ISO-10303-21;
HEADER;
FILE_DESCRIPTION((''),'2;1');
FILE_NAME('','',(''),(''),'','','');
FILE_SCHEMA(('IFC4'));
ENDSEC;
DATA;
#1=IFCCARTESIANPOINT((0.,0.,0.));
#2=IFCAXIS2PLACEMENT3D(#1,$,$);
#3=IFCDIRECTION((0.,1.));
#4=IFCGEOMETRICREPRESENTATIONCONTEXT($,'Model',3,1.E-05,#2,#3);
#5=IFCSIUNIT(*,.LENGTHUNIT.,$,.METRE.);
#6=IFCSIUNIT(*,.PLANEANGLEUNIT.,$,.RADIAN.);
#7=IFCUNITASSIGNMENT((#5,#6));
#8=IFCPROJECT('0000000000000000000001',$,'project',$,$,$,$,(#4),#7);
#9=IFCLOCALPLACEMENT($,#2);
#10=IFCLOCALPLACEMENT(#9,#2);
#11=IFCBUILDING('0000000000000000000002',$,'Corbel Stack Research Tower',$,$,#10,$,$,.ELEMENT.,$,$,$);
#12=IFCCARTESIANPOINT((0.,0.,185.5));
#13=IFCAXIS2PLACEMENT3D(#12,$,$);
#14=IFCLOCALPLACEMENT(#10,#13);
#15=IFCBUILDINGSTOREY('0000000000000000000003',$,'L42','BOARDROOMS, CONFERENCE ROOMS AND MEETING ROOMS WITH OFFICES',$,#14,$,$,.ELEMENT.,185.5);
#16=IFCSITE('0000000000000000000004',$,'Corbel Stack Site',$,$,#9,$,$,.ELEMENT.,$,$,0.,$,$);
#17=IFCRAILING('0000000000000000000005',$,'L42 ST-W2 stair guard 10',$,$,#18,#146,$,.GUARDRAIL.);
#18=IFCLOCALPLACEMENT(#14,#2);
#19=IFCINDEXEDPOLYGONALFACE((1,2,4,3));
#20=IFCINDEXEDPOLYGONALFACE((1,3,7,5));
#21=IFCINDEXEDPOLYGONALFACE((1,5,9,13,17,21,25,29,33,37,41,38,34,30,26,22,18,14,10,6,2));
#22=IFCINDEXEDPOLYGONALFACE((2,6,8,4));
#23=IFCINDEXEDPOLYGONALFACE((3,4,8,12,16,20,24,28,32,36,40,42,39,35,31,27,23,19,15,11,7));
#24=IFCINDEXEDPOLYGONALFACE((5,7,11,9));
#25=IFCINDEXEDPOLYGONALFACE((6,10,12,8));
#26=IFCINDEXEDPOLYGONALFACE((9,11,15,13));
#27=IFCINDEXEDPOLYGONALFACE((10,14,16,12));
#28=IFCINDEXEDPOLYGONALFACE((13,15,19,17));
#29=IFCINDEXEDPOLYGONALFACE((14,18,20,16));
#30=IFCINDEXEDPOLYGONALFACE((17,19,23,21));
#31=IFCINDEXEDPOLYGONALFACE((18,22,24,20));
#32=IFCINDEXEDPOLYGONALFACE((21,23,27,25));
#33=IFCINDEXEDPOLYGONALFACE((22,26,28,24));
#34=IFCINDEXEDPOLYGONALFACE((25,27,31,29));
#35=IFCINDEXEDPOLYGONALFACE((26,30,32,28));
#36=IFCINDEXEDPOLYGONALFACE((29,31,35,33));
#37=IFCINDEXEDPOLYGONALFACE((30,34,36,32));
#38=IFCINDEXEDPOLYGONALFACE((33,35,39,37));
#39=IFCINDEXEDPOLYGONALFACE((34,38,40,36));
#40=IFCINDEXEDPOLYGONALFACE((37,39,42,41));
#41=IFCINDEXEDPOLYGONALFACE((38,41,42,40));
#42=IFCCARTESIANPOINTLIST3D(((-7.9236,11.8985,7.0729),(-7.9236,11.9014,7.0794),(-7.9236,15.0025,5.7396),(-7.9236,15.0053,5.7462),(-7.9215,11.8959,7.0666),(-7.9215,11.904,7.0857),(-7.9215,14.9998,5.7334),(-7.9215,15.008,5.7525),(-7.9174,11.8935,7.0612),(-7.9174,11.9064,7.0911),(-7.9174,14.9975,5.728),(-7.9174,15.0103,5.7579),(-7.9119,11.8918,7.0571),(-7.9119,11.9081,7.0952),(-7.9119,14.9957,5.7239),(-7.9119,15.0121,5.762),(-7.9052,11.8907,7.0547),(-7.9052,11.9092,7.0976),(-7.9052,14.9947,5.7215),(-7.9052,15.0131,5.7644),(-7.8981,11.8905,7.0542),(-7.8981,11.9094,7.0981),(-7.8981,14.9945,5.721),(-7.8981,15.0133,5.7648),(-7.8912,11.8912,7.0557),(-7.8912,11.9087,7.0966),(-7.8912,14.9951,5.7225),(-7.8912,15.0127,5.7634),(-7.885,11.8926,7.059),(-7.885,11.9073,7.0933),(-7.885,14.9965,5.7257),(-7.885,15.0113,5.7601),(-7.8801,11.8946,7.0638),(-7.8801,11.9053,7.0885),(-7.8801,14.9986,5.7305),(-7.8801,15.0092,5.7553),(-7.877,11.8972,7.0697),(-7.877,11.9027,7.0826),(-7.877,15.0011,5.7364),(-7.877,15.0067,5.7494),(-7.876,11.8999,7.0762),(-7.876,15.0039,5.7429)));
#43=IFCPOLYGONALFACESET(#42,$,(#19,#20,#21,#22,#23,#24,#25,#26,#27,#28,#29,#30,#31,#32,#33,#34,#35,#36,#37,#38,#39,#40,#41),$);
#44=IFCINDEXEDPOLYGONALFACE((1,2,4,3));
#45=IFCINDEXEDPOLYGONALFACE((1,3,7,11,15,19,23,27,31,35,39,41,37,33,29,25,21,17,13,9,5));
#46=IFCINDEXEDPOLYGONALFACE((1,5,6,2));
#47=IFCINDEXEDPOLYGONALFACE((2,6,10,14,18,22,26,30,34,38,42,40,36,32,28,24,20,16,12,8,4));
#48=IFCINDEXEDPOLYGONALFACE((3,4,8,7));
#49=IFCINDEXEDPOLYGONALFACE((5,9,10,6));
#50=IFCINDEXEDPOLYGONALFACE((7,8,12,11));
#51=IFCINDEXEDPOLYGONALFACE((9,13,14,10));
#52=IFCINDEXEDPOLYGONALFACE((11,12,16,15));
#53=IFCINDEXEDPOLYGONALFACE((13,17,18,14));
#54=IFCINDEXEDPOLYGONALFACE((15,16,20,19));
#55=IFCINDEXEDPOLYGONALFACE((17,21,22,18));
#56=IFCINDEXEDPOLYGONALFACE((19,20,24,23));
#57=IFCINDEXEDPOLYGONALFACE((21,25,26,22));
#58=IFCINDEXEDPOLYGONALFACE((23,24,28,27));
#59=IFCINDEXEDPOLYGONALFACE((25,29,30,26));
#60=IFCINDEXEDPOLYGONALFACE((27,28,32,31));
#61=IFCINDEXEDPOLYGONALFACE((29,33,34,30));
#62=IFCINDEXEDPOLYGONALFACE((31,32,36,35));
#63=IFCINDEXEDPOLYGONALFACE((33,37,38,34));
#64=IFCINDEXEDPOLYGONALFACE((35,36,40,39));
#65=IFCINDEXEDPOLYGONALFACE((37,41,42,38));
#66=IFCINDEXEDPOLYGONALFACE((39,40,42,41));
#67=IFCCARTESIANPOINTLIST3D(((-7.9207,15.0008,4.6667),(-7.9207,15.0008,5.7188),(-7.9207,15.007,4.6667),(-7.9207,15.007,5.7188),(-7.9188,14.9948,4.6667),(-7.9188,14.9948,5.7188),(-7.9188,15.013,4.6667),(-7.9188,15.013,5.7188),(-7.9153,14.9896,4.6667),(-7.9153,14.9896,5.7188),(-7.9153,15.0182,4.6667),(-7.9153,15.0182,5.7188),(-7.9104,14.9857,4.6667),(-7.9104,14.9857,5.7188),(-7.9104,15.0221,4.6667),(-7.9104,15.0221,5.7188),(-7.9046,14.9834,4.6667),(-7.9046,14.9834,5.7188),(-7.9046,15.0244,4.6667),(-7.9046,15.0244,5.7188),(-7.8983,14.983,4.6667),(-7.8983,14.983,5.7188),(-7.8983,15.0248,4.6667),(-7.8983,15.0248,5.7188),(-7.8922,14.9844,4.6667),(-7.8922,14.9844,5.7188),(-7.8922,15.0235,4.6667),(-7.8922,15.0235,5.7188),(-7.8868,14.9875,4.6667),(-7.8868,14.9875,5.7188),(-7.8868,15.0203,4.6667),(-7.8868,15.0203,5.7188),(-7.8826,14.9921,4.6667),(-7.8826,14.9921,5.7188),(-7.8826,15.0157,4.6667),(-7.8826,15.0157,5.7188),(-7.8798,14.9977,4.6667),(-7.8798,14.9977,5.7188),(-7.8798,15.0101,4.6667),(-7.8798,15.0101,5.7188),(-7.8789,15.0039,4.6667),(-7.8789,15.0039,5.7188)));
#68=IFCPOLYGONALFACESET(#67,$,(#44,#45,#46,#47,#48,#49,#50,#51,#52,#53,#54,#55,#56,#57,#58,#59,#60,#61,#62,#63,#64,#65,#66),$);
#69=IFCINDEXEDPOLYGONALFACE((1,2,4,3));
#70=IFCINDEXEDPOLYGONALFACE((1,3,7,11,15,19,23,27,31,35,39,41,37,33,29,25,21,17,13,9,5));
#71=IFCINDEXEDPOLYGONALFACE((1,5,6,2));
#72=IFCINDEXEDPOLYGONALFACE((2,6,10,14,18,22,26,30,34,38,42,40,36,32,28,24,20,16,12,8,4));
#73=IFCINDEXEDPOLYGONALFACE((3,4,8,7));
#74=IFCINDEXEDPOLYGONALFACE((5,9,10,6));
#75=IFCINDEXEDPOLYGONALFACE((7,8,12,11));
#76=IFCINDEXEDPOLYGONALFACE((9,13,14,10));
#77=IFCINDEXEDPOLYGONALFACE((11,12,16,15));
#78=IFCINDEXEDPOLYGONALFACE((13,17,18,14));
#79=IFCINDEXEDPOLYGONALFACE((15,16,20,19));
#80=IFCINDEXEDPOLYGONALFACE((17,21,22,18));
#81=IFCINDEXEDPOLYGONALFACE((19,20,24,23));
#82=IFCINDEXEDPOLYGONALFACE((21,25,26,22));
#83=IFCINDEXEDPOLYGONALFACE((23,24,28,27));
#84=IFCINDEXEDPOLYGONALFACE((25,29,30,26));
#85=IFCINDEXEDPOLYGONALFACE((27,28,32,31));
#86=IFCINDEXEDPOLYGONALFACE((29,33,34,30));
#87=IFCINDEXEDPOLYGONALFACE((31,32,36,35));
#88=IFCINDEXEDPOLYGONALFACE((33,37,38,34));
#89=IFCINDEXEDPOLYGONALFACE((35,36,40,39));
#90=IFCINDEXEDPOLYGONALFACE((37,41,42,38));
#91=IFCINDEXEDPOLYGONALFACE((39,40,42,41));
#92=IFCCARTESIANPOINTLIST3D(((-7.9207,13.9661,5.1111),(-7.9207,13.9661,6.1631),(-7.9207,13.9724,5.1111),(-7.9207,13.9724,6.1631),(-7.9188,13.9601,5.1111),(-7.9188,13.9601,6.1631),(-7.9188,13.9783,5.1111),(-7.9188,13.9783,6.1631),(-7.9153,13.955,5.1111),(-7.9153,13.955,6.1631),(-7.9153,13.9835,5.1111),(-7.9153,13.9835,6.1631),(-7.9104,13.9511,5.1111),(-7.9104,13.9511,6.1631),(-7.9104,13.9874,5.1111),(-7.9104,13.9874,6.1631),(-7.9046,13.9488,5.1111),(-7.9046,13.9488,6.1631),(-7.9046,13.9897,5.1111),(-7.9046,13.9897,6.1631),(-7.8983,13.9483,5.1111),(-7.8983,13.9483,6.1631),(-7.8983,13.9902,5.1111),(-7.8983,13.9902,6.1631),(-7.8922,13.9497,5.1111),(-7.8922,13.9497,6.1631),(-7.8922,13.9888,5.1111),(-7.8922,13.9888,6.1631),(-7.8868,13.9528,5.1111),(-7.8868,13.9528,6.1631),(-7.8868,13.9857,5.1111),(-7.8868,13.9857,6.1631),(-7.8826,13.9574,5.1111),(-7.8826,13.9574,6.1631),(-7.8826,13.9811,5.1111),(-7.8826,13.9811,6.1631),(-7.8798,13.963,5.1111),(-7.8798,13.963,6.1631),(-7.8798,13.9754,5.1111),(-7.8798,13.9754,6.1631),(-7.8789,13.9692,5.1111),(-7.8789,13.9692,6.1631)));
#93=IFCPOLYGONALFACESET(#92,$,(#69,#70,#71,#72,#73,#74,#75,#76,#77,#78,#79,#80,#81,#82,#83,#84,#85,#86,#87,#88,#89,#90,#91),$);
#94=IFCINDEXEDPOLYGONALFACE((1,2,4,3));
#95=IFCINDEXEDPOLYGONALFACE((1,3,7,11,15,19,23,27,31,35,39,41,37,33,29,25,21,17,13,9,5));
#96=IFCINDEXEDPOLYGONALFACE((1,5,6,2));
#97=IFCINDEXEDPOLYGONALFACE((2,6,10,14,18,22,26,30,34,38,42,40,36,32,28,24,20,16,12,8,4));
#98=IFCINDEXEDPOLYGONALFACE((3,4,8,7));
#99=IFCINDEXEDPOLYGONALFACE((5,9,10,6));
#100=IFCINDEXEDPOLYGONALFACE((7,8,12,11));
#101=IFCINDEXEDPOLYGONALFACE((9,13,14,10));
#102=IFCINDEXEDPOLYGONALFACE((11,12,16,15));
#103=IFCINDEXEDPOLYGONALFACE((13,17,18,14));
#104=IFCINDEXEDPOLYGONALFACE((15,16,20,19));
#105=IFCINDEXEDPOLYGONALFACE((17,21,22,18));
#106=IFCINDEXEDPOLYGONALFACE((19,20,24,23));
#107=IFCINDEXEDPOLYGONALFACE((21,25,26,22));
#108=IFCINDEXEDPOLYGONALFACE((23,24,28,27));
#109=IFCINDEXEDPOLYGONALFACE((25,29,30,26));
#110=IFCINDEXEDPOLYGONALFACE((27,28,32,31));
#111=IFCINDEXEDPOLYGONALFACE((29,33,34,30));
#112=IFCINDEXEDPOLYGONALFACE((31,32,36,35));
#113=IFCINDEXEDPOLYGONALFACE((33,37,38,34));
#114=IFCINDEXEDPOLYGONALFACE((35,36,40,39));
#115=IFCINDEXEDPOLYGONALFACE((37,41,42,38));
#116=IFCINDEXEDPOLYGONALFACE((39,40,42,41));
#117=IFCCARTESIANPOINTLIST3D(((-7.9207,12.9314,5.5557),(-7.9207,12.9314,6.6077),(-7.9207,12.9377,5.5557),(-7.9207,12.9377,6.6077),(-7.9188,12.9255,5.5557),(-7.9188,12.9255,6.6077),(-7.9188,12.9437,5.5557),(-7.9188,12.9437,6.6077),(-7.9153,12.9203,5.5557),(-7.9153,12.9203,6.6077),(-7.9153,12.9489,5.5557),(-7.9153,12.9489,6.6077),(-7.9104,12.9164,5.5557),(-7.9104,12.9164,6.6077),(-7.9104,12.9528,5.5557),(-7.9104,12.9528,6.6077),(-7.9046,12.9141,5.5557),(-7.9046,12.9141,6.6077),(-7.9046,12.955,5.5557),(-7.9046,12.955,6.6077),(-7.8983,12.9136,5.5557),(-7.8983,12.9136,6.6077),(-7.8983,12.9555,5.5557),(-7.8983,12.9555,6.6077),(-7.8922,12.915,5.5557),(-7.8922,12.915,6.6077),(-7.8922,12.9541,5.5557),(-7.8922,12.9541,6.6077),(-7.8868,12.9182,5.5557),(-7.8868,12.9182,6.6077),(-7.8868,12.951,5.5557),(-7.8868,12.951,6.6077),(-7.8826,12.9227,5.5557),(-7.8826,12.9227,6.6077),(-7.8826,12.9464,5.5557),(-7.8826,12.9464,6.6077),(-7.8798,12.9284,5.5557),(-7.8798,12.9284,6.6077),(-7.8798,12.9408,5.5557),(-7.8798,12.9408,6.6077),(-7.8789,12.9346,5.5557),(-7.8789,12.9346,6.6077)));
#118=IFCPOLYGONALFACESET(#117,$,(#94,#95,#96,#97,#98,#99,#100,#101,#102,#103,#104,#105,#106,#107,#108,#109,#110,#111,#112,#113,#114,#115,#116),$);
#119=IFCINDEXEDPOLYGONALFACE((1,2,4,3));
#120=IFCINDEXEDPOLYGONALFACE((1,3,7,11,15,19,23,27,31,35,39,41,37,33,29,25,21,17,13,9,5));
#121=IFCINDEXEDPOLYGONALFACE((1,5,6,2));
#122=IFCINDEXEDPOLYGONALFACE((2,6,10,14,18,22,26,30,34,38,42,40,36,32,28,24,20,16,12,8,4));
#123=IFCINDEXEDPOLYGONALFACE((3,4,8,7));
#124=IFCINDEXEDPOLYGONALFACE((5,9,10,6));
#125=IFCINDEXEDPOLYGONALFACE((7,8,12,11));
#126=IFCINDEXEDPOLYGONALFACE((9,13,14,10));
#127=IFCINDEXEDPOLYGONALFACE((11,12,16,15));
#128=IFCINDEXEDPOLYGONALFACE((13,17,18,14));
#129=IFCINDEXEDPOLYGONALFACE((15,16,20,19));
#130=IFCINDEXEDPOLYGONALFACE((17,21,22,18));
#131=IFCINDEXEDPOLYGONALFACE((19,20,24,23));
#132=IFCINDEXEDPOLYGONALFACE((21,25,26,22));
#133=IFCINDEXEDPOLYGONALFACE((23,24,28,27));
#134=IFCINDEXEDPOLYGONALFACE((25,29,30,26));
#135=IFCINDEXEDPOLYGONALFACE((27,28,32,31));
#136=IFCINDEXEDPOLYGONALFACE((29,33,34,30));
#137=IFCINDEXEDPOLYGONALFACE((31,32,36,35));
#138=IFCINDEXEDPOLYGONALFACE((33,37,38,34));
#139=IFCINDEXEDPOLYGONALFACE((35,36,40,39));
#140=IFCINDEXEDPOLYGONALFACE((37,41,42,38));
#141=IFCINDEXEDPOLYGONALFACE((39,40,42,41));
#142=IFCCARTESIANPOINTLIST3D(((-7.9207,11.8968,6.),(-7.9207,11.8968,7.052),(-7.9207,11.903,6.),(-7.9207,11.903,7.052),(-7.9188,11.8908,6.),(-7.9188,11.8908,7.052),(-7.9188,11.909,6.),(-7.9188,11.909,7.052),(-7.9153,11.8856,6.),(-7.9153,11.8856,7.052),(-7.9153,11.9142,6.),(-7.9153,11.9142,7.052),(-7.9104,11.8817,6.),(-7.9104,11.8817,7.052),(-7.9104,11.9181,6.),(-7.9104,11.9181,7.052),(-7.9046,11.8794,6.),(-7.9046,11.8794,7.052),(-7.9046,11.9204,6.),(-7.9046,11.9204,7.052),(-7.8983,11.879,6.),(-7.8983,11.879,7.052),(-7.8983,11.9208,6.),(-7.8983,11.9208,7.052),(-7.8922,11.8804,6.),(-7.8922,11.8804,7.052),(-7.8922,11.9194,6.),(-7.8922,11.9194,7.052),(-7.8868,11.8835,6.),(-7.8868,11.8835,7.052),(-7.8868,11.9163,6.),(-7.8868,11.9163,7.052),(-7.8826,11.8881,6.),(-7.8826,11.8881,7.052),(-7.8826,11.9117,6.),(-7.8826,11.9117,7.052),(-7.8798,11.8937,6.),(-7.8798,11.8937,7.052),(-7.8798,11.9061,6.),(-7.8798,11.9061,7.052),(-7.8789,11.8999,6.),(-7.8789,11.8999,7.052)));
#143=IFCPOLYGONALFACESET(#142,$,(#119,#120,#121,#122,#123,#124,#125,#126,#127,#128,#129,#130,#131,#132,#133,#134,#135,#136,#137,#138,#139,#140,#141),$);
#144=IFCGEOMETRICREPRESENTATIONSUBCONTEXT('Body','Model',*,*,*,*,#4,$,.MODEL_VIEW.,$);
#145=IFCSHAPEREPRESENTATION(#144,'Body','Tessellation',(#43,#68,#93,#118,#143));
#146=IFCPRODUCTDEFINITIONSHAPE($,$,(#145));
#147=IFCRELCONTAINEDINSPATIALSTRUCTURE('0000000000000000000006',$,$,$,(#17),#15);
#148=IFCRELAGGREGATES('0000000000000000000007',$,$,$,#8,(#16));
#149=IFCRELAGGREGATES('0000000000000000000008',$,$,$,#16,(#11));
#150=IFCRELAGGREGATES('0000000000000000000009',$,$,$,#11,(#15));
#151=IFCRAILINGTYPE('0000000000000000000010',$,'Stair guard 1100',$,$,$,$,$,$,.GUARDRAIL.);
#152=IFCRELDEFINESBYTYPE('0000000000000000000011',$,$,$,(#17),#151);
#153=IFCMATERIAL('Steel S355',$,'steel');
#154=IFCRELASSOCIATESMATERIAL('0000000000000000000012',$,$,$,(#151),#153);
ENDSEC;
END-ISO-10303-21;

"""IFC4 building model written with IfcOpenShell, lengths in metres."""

from ifc_helpers import new_model, si_unit, direction, frame, origin, origin_2d, place, context, subcontext, project, spatial, circle, extrude, material, type_object, element, save


model = new_model("IFC4")

# Units and contexts
model_context = context("Model", 3, precision=1e-05, world=origin(), true_north=direction((0.0, 1.0)))
body_context = subcontext(model_context, "Body", "Model", "MODEL_VIEW")
ifc_project = project(units=[si_unit("LENGTHUNIT", "METRE"), si_unit("PLANEANGLEUNIT", "RADIAN")], contexts=[model_context])

# Site, building, storey
site_placement = place(None, origin())
site = spatial("IfcSite", under=ifc_project, at=site_placement, Name="Corbel Stack Site", CompositionType="ELEMENT", RefElevation=0.0)
building_placement = place(site_placement, origin())
building = spatial("IfcBuilding", under=site, at=building_placement, Name="Corbel Stack Research Tower", CompositionType="ELEMENT")
storey_placement = place(building_placement, frame((0.0, 0.0, 185.5)))
storey = spatial("IfcBuildingStorey", under=building, at=storey_placement, Name="L42", Description="BOARDROOMS, CONFERENCE ROOMS AND MEETING ROOMS WITH OFFICES", CompositionType="ELEMENT", Elevation=185.5)

# Railing
ifc_material_1 = material(Name="Steel S355", Category="steel")
railing_type_1 = type_object("IfcRailingType", Name="Stair guard 1100", PredefinedType="GUARDRAIL", material=ifc_material_1)
railing_1_placement = place(storey_placement, frame((-7.8999, 15.0039, 4.6667)))
element("IfcRailing", 1, at=railing_1_placement, inside=storey, type_object=railing_type_1, Name="L42 ST-W2 stair guard 10", PredefinedType="GUARDRAIL", context=body_context, shape_type="SweptSolid", body=[
    extrude(circle(Radius=0.0239, at=origin_2d()), frame((0.0, 0.0, 1.0762), z_axis=(0.0, -0.918827, 0.394661), x_axis=(1.0, 0.0, 0.0)), (0.0, 0.0, 1.0), 3.3782),
    extrude(circle(Radius=0.021, at=origin_2d()), origin(), (0.0, 0.0, 1.0), 1.052),
    extrude(circle(Radius=0.021, at=origin_2d()), frame((0.0, -1.0347, 0.4443)), (0.0, 0.0, 1.0), 1.052),
    extrude(circle(Radius=0.021, at=origin_2d()), frame((0.0, -2.0693, 0.8889)), (0.0, 0.0, 1.0), 1.052),
    extrude(circle(Radius=0.021, at=origin_2d()), frame((0.0, -3.104, 1.3333)), (0.0, 0.0, 1.0), 1.052),
])

save(model, "model.ifc")
